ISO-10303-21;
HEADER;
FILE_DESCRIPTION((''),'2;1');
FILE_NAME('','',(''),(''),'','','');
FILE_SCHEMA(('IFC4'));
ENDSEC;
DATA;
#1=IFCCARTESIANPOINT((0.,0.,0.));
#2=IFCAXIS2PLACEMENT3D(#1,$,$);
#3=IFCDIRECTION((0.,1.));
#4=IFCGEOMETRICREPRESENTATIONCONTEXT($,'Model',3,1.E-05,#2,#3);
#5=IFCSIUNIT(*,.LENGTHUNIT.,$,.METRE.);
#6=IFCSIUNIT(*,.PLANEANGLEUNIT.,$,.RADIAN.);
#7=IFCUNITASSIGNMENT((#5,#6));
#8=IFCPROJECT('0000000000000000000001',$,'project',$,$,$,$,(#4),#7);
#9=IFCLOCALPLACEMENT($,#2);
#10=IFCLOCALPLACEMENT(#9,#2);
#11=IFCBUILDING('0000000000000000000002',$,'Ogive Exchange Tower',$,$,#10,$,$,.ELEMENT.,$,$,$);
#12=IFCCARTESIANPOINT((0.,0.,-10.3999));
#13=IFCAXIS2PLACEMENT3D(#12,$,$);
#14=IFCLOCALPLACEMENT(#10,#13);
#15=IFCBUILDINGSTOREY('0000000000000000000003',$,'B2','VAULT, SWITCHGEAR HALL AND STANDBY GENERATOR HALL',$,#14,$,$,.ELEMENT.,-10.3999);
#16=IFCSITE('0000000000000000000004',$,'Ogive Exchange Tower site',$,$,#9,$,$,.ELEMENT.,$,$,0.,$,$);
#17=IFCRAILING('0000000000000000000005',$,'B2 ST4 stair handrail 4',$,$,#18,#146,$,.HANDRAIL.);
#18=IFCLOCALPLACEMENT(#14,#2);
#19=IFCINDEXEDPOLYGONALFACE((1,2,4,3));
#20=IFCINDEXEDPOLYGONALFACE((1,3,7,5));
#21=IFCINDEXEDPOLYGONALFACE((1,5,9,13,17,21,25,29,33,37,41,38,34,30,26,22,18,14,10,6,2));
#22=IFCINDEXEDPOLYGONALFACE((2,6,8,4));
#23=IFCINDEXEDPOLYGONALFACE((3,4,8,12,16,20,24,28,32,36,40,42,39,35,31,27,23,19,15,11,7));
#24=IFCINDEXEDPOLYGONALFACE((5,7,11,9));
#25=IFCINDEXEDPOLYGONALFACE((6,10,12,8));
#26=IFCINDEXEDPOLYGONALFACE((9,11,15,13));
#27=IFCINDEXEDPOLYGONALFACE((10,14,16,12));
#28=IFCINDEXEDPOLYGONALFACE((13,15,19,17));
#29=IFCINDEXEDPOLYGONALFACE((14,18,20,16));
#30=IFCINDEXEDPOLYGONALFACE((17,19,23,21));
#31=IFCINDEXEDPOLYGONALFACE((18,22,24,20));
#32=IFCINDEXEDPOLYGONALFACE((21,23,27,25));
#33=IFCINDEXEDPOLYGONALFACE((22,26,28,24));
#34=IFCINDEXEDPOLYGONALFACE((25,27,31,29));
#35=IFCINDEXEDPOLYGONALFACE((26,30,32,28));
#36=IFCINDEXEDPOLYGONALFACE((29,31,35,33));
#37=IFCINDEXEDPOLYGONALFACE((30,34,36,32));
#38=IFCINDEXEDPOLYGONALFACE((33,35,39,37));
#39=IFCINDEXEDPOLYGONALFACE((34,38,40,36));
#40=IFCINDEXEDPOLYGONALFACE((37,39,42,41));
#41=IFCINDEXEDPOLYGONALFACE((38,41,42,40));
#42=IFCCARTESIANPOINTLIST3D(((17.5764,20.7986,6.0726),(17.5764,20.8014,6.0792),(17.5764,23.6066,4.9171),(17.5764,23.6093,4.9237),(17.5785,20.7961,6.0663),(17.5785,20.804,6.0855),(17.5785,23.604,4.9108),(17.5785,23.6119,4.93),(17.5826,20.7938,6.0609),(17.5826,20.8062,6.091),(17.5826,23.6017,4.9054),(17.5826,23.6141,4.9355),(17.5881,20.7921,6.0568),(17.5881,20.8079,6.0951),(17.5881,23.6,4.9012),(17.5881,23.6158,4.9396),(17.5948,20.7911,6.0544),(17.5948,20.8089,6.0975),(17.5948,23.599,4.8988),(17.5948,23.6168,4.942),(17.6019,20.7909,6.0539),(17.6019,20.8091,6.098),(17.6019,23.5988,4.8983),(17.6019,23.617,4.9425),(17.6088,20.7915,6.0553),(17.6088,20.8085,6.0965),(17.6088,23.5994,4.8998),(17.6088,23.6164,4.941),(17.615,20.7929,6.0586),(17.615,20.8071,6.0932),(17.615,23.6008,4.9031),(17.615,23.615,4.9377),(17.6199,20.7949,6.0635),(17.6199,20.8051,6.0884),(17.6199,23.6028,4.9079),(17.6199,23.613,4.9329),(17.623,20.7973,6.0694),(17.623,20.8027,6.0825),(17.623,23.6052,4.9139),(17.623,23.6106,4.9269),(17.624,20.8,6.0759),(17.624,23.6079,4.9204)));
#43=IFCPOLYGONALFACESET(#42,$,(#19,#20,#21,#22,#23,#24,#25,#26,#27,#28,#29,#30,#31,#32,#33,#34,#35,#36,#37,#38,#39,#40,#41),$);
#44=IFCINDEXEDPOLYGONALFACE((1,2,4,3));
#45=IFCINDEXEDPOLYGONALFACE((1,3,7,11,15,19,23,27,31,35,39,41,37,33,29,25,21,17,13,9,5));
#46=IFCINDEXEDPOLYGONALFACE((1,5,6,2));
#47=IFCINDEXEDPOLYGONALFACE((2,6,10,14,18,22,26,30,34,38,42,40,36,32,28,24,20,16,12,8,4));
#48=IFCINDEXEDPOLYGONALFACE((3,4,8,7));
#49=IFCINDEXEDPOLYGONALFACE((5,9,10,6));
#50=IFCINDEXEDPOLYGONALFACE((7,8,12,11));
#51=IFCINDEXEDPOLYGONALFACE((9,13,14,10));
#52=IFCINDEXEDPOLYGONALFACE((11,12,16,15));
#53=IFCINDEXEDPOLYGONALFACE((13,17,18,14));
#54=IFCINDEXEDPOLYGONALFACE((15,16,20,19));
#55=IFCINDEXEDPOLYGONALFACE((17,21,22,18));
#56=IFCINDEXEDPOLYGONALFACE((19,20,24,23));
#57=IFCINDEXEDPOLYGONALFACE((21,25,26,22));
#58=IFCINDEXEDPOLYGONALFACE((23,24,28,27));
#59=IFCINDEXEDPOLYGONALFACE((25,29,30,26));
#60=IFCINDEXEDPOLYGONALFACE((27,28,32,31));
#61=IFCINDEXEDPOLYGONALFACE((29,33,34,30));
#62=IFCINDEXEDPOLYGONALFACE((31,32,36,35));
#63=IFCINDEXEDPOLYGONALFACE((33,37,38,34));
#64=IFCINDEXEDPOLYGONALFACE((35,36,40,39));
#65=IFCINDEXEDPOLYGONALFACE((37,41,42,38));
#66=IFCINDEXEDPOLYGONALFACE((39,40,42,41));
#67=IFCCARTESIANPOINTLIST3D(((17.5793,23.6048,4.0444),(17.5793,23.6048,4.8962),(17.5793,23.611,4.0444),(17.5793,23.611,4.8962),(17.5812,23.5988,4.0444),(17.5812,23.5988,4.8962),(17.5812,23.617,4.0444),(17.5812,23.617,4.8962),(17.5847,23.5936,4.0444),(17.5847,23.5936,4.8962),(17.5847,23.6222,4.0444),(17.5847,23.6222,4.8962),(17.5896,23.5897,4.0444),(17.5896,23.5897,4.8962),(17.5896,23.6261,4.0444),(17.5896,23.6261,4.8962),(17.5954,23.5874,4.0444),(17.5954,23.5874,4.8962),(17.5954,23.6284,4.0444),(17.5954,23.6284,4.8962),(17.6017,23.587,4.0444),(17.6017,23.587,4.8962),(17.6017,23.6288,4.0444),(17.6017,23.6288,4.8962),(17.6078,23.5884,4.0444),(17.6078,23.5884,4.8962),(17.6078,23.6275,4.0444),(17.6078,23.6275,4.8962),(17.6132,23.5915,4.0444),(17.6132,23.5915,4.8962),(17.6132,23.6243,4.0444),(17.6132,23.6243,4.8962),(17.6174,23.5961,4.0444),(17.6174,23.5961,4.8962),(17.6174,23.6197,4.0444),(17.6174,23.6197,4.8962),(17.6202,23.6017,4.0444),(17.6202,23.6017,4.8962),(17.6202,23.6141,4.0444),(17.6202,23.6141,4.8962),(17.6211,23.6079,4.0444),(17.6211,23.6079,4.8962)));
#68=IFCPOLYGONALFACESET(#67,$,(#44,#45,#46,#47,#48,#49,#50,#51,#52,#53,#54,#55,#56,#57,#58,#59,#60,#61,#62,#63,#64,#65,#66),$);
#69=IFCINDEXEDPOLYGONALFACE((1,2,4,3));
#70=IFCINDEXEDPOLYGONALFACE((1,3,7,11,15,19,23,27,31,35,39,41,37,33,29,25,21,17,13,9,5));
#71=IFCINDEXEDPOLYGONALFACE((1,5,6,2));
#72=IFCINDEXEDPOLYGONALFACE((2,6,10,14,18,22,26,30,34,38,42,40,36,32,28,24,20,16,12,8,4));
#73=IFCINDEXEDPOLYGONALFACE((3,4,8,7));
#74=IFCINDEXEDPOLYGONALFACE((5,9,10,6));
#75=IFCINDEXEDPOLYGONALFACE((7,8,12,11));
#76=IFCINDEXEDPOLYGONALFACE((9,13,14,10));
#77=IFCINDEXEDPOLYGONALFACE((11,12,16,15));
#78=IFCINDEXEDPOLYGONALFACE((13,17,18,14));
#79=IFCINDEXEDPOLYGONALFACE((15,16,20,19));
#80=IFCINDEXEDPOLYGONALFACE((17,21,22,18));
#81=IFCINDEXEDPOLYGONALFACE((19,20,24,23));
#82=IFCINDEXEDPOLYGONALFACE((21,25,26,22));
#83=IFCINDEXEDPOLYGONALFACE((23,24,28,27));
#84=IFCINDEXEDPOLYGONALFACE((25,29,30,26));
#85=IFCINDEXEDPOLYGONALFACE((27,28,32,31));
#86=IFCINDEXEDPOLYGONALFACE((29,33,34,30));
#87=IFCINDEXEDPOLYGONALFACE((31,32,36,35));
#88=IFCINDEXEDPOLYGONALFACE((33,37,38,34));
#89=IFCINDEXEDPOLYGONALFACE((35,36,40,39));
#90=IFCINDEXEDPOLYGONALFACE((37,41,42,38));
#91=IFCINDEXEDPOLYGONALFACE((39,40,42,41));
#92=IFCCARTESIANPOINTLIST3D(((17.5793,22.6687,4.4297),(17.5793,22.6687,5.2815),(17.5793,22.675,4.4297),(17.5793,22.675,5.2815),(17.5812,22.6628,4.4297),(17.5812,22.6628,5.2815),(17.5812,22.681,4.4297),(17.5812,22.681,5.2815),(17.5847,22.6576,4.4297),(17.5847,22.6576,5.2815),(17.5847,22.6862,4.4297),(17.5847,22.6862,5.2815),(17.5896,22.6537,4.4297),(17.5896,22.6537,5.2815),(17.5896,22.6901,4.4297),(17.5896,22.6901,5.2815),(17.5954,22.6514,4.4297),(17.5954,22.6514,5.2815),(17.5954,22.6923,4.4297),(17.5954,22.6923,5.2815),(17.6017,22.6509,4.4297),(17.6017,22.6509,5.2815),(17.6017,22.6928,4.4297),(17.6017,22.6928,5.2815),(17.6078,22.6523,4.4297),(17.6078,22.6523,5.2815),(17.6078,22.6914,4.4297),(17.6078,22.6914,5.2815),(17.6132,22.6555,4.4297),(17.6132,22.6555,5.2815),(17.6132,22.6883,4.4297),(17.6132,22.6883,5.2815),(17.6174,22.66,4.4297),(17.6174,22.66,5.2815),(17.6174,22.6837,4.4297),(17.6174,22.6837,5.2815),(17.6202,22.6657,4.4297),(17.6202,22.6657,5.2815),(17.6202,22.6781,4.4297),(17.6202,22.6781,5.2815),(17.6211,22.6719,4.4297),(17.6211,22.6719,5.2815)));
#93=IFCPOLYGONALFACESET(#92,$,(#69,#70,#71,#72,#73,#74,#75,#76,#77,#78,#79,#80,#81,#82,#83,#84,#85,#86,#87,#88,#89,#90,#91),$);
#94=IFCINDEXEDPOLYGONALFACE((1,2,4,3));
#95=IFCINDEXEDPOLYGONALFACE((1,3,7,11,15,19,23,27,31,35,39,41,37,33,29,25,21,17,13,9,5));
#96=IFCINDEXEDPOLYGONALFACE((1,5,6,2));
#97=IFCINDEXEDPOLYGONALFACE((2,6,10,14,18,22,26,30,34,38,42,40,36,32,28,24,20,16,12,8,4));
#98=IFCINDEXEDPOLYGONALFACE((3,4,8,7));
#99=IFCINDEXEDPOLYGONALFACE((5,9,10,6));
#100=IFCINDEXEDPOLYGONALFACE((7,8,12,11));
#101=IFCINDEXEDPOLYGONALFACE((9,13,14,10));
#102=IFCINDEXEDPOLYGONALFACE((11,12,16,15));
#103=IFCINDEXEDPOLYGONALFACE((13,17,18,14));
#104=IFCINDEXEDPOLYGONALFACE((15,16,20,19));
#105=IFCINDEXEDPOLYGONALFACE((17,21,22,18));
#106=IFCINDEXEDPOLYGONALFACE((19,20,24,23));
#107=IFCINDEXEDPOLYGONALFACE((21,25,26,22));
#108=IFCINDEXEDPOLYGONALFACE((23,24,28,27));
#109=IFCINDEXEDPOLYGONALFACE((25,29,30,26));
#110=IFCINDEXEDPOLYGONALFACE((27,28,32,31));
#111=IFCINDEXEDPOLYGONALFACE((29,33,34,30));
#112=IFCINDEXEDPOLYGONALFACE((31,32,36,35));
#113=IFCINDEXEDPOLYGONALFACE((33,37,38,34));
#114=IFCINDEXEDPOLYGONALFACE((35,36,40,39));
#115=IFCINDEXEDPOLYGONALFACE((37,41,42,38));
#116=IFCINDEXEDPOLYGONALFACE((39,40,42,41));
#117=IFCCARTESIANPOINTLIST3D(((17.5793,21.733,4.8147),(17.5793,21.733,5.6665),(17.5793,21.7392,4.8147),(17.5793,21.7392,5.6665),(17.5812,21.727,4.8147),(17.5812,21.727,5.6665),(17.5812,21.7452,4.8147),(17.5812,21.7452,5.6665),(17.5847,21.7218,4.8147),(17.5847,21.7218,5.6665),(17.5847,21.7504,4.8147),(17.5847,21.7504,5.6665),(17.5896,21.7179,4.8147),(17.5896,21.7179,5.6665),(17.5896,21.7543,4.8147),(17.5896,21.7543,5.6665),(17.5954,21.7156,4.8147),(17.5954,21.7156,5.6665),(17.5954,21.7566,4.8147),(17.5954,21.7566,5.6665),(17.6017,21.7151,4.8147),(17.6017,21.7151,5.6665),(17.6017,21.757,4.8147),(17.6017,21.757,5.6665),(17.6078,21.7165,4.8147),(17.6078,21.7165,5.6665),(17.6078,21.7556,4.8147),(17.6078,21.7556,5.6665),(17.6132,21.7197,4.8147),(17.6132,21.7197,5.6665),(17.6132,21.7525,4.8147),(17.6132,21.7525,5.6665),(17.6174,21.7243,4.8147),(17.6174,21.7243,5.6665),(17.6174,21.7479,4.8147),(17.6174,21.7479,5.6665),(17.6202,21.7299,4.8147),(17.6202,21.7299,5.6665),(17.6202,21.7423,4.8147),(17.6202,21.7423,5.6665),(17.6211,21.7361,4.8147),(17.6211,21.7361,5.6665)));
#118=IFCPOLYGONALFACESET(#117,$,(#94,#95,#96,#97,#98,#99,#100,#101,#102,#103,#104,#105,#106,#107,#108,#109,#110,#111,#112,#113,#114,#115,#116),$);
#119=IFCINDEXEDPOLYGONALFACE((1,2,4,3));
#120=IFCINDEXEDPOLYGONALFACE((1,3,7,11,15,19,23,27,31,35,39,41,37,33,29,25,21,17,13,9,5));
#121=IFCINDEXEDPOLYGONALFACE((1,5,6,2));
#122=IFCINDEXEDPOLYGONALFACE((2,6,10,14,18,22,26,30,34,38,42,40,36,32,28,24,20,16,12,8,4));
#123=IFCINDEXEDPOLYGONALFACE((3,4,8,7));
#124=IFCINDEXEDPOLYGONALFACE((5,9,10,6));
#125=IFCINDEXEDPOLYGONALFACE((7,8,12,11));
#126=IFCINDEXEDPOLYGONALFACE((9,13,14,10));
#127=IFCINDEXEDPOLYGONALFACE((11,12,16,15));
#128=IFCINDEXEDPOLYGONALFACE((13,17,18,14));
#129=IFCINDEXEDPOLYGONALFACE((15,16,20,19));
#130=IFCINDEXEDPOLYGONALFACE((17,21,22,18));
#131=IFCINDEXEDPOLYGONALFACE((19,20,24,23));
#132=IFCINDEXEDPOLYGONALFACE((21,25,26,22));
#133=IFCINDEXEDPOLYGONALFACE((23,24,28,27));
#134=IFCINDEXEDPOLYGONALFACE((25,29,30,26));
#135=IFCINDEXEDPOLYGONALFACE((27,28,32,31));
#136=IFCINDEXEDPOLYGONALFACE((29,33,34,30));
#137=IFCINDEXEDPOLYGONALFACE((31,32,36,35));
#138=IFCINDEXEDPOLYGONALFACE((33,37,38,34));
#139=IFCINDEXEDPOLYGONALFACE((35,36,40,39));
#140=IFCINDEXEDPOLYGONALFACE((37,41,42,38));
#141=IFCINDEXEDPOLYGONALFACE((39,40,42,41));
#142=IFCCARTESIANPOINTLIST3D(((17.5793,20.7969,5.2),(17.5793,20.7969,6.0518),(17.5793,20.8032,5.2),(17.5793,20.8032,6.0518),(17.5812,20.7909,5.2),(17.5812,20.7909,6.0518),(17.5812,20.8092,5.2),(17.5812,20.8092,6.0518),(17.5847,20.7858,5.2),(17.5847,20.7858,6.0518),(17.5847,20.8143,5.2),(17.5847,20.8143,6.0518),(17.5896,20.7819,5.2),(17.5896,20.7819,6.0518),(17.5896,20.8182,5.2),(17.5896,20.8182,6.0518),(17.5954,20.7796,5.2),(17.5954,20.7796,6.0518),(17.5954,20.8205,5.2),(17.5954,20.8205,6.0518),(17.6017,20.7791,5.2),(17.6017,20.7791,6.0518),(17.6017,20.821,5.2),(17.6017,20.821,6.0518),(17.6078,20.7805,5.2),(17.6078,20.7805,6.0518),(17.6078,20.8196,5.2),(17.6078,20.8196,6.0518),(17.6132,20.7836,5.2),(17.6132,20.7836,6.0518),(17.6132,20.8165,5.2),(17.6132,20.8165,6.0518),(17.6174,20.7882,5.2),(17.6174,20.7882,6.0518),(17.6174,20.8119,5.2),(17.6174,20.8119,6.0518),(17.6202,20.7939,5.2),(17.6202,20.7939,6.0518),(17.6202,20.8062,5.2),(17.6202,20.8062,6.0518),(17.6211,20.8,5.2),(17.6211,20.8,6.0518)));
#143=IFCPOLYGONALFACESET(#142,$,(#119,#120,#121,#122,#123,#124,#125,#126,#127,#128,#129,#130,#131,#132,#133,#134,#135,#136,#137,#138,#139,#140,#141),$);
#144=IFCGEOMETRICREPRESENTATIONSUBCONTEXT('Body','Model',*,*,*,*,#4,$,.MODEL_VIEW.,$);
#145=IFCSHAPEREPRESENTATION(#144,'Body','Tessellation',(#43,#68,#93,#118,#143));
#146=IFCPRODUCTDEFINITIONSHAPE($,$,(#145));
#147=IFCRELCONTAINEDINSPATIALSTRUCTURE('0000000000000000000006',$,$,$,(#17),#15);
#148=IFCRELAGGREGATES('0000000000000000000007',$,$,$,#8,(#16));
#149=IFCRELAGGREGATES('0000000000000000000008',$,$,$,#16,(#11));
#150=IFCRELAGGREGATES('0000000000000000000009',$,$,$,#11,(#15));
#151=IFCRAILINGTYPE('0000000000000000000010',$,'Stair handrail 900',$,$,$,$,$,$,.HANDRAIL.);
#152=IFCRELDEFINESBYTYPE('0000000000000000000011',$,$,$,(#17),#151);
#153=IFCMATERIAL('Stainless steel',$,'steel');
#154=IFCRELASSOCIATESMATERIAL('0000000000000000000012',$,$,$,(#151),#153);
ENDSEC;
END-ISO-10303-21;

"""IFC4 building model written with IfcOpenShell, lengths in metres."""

from ifc_helpers import new_model, si_unit, direction, frame, origin, origin_2d, place, context, subcontext, project, spatial, circle, extrude, material, type_object, element, save


model = new_model("IFC4")

# Units and contexts
model_context = context("Model", 3, precision=1e-05, world=origin(), true_north=direction((0.0, 1.0)))
body_context = subcontext(model_context, "Body", "Model", "MODEL_VIEW")
ifc_project = project(units=[si_unit("LENGTHUNIT", "METRE"), si_unit("PLANEANGLEUNIT", "RADIAN")], contexts=[model_context])

# Site, building, storey
site_placement = place(None, origin())
site = spatial("IfcSite", under=ifc_project, at=site_placement, Name="Ogive Exchange Tower site", CompositionType="ELEMENT", RefElevation=0.0)
building_placement = place(site_placement, origin())
building = spatial("IfcBuilding", under=site, at=building_placement, Name="Ogive Exchange Tower", CompositionType="ELEMENT")
storey_placement = place(building_placement, frame((0.0, 0.0, -10.3999)))
storey = spatial("IfcBuildingStorey", under=building, at=storey_placement, Name="B2", Description="VAULT, SWITCHGEAR HALL AND STANDBY GENERATOR HALL", CompositionType="ELEMENT", Elevation=-10.3999)

# Railing
ifc_material_1 = material(Name="Stainless steel", Category="steel")
railing_type = type_object("IfcRailingType", Name="Stair handrail 900", PredefinedType="HANDRAIL", material=ifc_material_1)
railing_1_placement = place(storey_placement, frame((17.6001, 23.6079, 4.0444)))
element("IfcRailing", 1, at=railing_1_placement, inside=storey, type_object=railing_type, Name="B2 ST4 stair handrail 4", PredefinedType="HANDRAIL", context=body_context, shape_type="SweptSolid", body=[
    extrude(circle(Radius=0.0239, at=origin_2d()), frame((0.0, 0.0, 0.876), z_axis=(0.0, -0.924755, 0.380564), x_axis=(1.0, 0.0, 0.0)), (0.0, 0.0, 1.0), 3.0364),
    extrude(circle(Radius=0.021, at=origin_2d()), origin(), (0.0, 0.0, 1.0), 0.8518),
    extrude(circle(Radius=0.021, at=origin_2d()), frame((0.0, -0.936, 0.3853)), (0.0, 0.0, 1.0), 0.8518),
    extrude(circle(Radius=0.021, at=origin_2d()), frame((0.0, -1.8718, 0.7703)), (0.0, 0.0, 1.0), 0.8518),
    extrude(circle(Radius=0.021, at=origin_2d()), frame((0.0, -2.8079, 1.1555)), (0.0, 0.0, 1.0), 0.8518),
])

save(model, "model.ifc")
